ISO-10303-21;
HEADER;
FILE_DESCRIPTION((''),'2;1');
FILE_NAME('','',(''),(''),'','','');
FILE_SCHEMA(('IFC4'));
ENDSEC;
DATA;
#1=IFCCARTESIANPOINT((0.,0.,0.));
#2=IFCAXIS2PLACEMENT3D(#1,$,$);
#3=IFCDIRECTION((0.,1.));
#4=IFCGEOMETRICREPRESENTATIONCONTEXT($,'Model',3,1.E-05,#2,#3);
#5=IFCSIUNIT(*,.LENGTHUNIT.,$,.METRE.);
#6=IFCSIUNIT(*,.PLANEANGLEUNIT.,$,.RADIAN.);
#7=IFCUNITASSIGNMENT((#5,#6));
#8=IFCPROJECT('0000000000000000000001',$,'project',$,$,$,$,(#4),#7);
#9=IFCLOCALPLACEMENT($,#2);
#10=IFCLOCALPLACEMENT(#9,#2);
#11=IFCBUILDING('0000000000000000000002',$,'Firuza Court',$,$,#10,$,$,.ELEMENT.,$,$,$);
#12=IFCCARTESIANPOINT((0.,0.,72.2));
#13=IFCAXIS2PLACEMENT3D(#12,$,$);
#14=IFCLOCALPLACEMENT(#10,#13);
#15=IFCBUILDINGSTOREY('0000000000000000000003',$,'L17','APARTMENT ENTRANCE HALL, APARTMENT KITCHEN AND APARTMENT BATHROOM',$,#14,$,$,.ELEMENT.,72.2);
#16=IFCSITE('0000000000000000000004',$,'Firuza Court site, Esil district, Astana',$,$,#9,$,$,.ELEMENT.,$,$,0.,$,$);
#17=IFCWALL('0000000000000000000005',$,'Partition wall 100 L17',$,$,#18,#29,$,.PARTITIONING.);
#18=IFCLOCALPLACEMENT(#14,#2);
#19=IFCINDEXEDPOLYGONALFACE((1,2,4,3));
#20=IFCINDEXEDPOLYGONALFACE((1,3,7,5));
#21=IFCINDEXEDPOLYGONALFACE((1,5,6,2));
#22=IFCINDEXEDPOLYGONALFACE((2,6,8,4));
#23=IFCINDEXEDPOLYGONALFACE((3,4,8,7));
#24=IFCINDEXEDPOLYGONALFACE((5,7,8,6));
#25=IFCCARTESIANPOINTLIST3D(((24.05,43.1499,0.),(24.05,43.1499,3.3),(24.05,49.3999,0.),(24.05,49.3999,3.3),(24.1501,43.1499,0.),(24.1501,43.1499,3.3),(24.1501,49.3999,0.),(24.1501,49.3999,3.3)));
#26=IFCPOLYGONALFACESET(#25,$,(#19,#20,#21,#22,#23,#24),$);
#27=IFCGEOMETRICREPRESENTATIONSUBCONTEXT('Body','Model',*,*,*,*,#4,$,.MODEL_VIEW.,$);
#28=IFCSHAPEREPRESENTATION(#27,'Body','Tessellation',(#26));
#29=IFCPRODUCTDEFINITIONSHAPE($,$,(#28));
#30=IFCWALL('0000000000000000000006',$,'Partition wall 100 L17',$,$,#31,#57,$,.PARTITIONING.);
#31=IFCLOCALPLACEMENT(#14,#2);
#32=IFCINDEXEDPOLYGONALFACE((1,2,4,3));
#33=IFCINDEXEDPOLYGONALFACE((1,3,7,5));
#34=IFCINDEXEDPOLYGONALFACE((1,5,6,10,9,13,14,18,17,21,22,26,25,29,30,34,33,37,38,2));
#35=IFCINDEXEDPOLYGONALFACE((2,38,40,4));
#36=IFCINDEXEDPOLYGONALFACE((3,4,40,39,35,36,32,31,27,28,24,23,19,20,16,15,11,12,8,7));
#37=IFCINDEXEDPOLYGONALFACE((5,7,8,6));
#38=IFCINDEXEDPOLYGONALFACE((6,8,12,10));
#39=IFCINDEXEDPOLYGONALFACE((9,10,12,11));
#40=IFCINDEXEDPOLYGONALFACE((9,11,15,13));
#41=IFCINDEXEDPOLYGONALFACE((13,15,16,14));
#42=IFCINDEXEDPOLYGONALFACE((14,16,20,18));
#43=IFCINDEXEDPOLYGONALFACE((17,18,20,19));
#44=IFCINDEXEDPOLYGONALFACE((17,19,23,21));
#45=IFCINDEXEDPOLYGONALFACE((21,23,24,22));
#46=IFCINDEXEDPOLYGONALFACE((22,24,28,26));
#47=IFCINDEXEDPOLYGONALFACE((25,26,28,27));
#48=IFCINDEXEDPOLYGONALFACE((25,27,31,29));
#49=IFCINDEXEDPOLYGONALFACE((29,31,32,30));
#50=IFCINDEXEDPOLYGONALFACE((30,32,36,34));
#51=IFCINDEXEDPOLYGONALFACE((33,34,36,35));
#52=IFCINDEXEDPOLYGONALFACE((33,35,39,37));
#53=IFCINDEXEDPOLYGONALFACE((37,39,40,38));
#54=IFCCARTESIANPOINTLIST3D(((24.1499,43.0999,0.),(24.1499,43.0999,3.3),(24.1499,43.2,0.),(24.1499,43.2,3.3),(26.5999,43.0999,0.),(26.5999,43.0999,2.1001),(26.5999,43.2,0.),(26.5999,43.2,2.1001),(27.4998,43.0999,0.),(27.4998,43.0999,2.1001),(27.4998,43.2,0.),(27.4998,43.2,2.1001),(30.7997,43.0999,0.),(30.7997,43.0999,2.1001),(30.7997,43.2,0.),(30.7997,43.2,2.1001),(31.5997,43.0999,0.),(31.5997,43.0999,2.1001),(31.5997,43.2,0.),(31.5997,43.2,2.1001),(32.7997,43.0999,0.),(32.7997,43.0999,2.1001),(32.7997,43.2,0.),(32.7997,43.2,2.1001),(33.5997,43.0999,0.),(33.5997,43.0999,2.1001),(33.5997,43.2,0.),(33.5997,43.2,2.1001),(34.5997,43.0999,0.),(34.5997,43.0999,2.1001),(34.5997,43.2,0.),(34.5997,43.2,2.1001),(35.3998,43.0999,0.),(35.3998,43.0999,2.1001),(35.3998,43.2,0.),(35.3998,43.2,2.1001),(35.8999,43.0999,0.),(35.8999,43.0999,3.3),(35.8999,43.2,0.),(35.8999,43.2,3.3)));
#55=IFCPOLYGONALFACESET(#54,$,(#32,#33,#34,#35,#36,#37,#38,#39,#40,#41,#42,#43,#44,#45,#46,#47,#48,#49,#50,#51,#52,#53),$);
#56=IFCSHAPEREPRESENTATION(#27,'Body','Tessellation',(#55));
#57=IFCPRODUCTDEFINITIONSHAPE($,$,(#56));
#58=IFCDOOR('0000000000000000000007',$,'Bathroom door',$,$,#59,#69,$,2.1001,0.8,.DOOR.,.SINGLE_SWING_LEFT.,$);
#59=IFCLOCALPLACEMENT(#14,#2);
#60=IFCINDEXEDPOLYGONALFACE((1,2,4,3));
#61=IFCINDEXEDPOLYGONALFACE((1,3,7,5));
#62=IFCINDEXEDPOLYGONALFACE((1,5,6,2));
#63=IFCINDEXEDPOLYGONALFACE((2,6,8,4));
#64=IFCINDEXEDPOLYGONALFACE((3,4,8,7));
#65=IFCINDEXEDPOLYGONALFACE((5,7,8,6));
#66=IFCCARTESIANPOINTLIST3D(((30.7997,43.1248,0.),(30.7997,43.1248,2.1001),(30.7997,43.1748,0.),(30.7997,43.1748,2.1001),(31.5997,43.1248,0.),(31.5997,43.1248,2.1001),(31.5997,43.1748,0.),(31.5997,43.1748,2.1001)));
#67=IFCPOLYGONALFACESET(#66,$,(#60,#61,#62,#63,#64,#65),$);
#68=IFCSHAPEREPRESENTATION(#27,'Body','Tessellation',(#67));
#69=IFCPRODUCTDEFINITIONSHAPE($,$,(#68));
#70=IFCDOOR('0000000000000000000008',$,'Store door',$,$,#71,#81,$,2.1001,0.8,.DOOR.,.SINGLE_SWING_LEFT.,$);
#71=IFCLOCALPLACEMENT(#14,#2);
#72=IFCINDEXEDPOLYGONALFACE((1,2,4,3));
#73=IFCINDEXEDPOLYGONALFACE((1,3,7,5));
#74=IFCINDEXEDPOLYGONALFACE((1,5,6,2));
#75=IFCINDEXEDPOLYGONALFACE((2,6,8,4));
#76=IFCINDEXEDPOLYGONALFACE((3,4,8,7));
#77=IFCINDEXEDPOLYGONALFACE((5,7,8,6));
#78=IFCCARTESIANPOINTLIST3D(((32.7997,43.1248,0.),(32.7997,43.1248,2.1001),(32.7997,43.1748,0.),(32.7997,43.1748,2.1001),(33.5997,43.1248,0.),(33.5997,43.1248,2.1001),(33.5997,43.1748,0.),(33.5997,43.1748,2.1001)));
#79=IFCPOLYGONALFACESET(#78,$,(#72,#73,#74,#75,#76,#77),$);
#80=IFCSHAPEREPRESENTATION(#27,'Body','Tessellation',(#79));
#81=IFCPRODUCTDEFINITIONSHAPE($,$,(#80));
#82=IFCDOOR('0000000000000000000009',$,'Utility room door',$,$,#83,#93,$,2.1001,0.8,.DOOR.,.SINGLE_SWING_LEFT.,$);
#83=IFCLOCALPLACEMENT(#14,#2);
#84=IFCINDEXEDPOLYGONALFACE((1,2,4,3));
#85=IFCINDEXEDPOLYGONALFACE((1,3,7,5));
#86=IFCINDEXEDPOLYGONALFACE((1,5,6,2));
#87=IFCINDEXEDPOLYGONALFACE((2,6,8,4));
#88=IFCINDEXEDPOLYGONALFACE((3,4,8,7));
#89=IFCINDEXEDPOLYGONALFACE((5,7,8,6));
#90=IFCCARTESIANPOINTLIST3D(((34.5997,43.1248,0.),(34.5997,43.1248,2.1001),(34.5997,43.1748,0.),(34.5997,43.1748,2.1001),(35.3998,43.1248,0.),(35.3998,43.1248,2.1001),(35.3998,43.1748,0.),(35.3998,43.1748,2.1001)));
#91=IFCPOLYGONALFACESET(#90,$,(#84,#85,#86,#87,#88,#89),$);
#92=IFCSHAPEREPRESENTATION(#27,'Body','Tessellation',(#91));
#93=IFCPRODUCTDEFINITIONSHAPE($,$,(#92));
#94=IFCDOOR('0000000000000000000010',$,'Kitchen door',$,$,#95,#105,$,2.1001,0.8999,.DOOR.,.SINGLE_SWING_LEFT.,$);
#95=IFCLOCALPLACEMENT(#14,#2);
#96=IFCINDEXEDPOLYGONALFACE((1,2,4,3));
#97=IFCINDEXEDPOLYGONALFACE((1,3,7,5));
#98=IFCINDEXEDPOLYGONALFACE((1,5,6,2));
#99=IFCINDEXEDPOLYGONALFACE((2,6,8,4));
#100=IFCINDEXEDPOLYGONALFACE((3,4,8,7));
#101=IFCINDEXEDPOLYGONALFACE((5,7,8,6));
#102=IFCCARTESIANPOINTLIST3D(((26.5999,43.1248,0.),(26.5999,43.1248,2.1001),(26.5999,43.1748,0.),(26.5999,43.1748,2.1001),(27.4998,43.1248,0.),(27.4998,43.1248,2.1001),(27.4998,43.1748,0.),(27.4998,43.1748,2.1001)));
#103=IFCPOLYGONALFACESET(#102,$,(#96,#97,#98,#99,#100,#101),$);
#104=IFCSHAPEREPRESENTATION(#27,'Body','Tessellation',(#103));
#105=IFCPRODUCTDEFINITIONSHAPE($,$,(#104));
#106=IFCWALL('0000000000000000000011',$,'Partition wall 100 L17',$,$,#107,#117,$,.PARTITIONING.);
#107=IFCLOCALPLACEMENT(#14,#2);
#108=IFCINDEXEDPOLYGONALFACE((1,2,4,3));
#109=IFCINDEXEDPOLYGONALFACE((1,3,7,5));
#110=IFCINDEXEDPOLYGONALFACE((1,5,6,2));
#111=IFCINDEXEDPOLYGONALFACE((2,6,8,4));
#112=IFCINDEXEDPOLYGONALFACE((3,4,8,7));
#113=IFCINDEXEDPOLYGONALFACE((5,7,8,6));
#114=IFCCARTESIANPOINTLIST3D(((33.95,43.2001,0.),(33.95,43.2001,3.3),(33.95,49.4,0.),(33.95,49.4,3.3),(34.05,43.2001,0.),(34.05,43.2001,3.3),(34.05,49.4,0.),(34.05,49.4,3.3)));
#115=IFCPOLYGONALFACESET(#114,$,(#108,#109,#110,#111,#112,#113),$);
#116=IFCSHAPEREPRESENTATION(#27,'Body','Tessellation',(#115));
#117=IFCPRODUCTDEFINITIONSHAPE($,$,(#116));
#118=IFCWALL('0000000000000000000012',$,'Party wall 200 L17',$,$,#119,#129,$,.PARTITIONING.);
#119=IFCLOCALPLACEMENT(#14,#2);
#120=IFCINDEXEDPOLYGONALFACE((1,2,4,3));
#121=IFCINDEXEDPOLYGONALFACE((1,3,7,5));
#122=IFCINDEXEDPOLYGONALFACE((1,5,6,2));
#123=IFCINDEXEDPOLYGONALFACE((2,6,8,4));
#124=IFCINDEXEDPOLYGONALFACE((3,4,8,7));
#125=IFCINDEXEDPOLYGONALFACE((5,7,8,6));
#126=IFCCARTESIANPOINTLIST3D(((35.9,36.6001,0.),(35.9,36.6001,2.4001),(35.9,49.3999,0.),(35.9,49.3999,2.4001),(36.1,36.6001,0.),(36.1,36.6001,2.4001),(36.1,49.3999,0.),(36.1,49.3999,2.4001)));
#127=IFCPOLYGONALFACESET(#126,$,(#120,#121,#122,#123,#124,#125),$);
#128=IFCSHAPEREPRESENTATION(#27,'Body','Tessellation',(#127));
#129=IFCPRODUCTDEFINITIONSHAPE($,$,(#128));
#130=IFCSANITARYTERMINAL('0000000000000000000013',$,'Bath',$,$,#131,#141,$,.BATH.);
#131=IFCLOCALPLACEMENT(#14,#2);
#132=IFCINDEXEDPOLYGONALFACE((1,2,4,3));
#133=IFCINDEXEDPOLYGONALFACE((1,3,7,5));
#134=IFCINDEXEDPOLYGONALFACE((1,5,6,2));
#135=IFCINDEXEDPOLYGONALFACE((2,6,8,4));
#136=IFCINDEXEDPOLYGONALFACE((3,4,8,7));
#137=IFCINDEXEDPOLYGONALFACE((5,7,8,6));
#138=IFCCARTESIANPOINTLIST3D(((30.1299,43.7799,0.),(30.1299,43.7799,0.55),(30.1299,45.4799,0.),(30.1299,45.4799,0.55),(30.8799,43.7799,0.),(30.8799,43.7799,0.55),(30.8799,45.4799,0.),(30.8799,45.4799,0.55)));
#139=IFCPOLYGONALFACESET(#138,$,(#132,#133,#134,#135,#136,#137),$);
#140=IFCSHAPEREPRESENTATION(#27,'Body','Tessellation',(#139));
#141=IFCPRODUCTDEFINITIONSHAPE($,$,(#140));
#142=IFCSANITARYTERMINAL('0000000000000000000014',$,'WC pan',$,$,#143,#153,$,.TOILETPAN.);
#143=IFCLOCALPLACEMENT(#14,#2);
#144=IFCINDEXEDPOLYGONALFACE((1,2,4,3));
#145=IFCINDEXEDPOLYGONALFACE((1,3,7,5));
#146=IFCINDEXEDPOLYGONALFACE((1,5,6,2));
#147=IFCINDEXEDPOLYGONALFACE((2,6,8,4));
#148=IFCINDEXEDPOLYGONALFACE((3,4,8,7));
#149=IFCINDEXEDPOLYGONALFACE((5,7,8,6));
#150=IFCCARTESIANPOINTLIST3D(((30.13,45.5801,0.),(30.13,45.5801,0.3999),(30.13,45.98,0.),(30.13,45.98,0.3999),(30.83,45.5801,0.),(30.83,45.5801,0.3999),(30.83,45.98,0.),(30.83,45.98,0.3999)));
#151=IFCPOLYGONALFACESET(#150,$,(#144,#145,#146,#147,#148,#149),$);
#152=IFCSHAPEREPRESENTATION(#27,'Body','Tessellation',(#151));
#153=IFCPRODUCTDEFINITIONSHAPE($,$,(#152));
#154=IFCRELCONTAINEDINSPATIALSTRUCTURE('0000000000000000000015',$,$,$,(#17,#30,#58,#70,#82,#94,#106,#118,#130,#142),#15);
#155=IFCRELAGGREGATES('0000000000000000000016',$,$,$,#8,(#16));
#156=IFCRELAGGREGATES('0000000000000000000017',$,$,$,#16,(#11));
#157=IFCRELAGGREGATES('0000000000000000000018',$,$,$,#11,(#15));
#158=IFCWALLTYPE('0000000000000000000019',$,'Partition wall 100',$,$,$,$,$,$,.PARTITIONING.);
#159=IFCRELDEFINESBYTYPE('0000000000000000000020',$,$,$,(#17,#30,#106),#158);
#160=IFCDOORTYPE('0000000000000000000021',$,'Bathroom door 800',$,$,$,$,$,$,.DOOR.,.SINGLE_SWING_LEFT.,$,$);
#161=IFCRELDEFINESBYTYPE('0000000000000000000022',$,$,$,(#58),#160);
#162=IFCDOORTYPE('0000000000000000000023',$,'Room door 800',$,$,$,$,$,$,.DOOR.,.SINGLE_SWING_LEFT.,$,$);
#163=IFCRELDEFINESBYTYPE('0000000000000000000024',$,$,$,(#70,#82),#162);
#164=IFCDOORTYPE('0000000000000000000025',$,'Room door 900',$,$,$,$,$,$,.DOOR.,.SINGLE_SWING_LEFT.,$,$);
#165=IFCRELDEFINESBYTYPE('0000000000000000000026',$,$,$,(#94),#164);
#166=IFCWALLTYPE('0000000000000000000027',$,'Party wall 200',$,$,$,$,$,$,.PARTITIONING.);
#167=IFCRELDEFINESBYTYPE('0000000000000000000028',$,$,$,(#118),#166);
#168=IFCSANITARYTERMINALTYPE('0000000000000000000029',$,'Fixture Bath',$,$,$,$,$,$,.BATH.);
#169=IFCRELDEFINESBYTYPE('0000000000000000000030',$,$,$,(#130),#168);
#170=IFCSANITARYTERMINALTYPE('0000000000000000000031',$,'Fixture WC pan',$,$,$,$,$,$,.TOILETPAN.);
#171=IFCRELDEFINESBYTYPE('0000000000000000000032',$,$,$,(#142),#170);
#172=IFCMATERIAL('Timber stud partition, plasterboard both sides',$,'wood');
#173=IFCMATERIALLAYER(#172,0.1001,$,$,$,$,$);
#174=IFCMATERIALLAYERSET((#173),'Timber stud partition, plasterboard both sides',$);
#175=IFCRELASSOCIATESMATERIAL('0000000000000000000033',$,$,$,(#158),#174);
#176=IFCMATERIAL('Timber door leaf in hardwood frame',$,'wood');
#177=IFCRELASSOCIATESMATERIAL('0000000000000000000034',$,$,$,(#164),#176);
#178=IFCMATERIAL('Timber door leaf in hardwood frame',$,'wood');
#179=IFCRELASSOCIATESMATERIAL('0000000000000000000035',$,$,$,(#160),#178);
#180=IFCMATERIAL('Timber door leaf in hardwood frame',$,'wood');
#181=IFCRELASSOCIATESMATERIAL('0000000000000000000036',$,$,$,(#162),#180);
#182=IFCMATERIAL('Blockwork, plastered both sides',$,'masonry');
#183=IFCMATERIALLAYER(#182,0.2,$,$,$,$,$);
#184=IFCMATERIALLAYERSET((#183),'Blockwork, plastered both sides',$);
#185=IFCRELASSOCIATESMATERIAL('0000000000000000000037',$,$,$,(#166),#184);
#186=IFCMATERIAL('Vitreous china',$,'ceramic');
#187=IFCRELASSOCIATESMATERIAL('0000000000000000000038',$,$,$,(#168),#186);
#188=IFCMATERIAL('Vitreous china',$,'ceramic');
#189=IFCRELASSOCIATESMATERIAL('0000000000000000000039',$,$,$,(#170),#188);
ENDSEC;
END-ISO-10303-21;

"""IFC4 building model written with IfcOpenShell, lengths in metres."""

from ifc_helpers import new_model, si_unit, direction, frame, frame_2d, origin, origin_2d, place, context, subcontext, project, spatial, rectangle, extrude, material, layer, layer_set, type_object, element, fill, save


model = new_model("IFC4")

# Units and contexts
model_context = context("Model", 3, precision=1e-05, world=origin(), true_north=direction((0.0, 1.0)))
body_context = subcontext(model_context, "Body", "Model", "MODEL_VIEW")
ifc_project = project(units=[si_unit("LENGTHUNIT", "METRE"), si_unit("PLANEANGLEUNIT", "RADIAN")], contexts=[model_context])

# Site, building, storey
site_placement = place(None, origin())
site = spatial("IfcSite", under=ifc_project, at=site_placement, Name="Firuza Court site, Esil district, Astana", CompositionType="ELEMENT", RefElevation=0.0)
building_placement = place(site_placement, origin())
building = spatial("IfcBuilding", under=site, at=building_placement, Name="Firuza Court", CompositionType="ELEMENT")
storey_placement = place(building_placement, frame((0.0, 0.0, 72.2)))
storey = spatial("IfcBuildingStorey", under=building, at=storey_placement, Name="L17", Description="APARTMENT ENTRANCE HALL, APARTMENT KITCHEN AND APARTMENT BATHROOM", CompositionType="ELEMENT", Elevation=72.2)

# Shared definitions
ifc_material_1 = material(Name="Timber stud partition, plasterboard both sides", Category="wood")
ifc_layer_1 = layer(ifc_material_1, 0.1001)
ifc_layer_set_1 = layer_set([ifc_layer_1], Name="Timber stud partition, plasterboard both sides")
wall_type_1 = type_object("IfcWallType", Name="Partition wall 100", PredefinedType="PARTITIONING", material=ifc_layer_set_1)

# Shared definitions
ifc_material_2 = material(Name="Timber door leaf in hardwood frame", Category="wood")
door_type_1 = type_object("IfcDoorType", Name="Room door 900", OperationType="SINGLE_SWING_LEFT", PredefinedType="DOOR", material=ifc_material_2)

# Wall
wall_1_placement = place(storey_placement, frame((24.1001, 43.1499, 0.0), z_axis=(0.0, 0.0, 1.0), x_axis=(0.0, 1.0, 0.0)))
element("IfcWall", 1, at=wall_1_placement, inside=storey, type_object=wall_type_1, Name="Partition wall 100 L17", PredefinedType="PARTITIONING", context=body_context, shape_type="SweptSolid", body=[
    extrude(rectangle(XDim=6.25, YDim=0.1001, at=frame_2d((3.125, 0.0))), origin(), (0.0, 0.0, 1.0), 3.3),
])

# Wall, openings, doors
wall_2_placement = place(storey_placement, frame((24.1499, 43.1499, 0.0), z_axis=(0.0, 0.0, 1.0), x_axis=(1.0, 0.0, 0.0)))
wall_2 = element("IfcWall", 2, at=wall_2_placement, inside=storey, type_object=wall_type_1, Name="Partition wall 100 L17", PredefinedType="PARTITIONING", context=body_context, shape_type="SweptSolid", body=[
    extrude(rectangle(XDim=11.75, YDim=0.1001, at=frame_2d((5.875, 0.0))), origin(), (0.0, 0.0, 1.0), 3.3),
])
opening_1_placement = place(wall_2_placement, frame((6.6499, 0.0, 0.0)))
opening_1 = element("IfcOpeningElement", 3, at=opening_1_placement, cuts=wall_2, PredefinedType="OPENING", context=body_context, shape_type="SweptSolid", body=[
    extrude(rectangle(XDim=0.8, YDim=2.1001, at=frame_2d((0.3999, 1.05))), frame((0.0, 0.062, 0.0), z_axis=(0.0, -1.0, 0.0), x_axis=(1.0, 0.0, 0.0)), (0.0, 0.0, 1.0), 0.124),
])
opening_2_placement = place(wall_2_placement, frame((2.45, 0.0, 0.0)))
opening_2 = element("IfcOpeningElement", 4, at=opening_2_placement, cuts=wall_2, PredefinedType="OPENING", context=body_context, shape_type="SweptSolid", body=[
    extrude(rectangle(XDim=0.8999, YDim=2.1001, at=frame_2d((0.45, 1.05))), frame((0.0, 0.062, 0.0), z_axis=(0.0, -1.0, 0.0), x_axis=(1.0, 0.0, 0.0)), (0.0, 0.0, 1.0), 0.124),
])
opening_3_placement = place(wall_2_placement, frame((8.6499, 0.0, 0.0)))
opening_3 = element("IfcOpeningElement", 5, at=opening_3_placement, cuts=wall_2, PredefinedType="OPENING", context=body_context, shape_type="SweptSolid", body=[
    extrude(rectangle(XDim=0.8, YDim=2.1001, at=frame_2d((0.3999, 1.05))), frame((0.0, 0.062, 0.0), z_axis=(0.0, -1.0, 0.0), x_axis=(1.0, 0.0, 0.0)), (0.0, 0.0, 1.0), 0.124),
])
opening_4_placement = place(wall_2_placement, frame((10.45, 0.0, 0.0)))
opening_4 = element("IfcOpeningElement", 6, at=opening_4_placement, cuts=wall_2, PredefinedType="OPENING", context=body_context, shape_type="SweptSolid", body=[
    extrude(rectangle(XDim=0.8, YDim=2.1001, at=frame_2d((0.3999, 1.05))), frame((0.0, 0.062, 0.0), z_axis=(0.0, -1.0, 0.0), x_axis=(1.0, 0.0, 0.0)), (0.0, 0.0, 1.0), 0.124),
])
ifc_material_3 = material(Name="Timber door leaf in hardwood frame", Category="wood")
door_type_2 = type_object("IfcDoorType", Name="Bathroom door 800", OperationType="SINGLE_SWING_LEFT", PredefinedType="DOOR", material=ifc_material_3)
door_1_placement = place(opening_1_placement, origin())
door_1 = element("IfcDoor", 7, at=door_1_placement, inside=storey, type_object=door_type_2, Name="Bathroom door", OperationType="SINGLE_SWING_LEFT", OverallHeight=2.1001, OverallWidth=0.8, PredefinedType="DOOR", context=body_context, shape_type="SweptSolid", body=[
    extrude(rectangle(XDim=0.8, YDim=2.1001, at=frame_2d((0.3999, 1.05))), frame((0.0, 0.0249, 0.0), z_axis=(0.0, -1.0, 0.0), x_axis=(1.0, 0.0, 0.0)), (0.0, 0.0, 1.0), 0.05),
])
fill(opening_1, door_1)
ifc_material_4 = material(Name="Timber door leaf in hardwood frame", Category="wood")
door_type_3 = type_object("IfcDoorType", Name="Room door 800", OperationType="SINGLE_SWING_LEFT", PredefinedType="DOOR", material=ifc_material_4)
door_2_placement = place(opening_3_placement, origin())
door_2 = element("IfcDoor", 8, at=door_2_placement, inside=storey, type_object=door_type_3, Name="Store door", OperationType="SINGLE_SWING_LEFT", OverallHeight=2.1001, OverallWidth=0.8, PredefinedType="DOOR", context=body_context, shape_type="SweptSolid", body=[
    extrude(rectangle(XDim=0.8, YDim=2.1001, at=frame_2d((0.3999, 1.05))), frame((0.0, 0.0249, 0.0), z_axis=(0.0, -1.0, 0.0), x_axis=(1.0, 0.0, 0.0)), (0.0, 0.0, 1.0), 0.05),
])
fill(opening_3, door_2)
door_3_placement = place(opening_4_placement, origin())
door_3 = element("IfcDoor", 9, at=door_3_placement, inside=storey, type_object=door_type_3, Name="Utility room door", OperationType="SINGLE_SWING_LEFT", OverallHeight=2.1001, OverallWidth=0.8, PredefinedType="DOOR", context=body_context, shape_type="SweptSolid", body=[
    extrude(rectangle(XDim=0.8, YDim=2.1001, at=frame_2d((0.3999, 1.05))), frame((0.0, 0.0249, 0.0), z_axis=(0.0, -1.0, 0.0), x_axis=(1.0, 0.0, 0.0)), (0.0, 0.0, 1.0), 0.05),
])
fill(opening_4, door_3)
door_4_placement = place(opening_2_placement, origin())
door_4 = element("IfcDoor", 10, at=door_4_placement, inside=storey, type_object=door_type_1, Name="Kitchen door", OperationType="SINGLE_SWING_LEFT", OverallHeight=2.1001, OverallWidth=0.8999, PredefinedType="DOOR", context=body_context, shape_type="SweptSolid", body=[
    extrude(rectangle(XDim=0.8999, YDim=2.1001, at=frame_2d((0.45, 1.05))), frame((0.0, 0.0249, 0.0), z_axis=(0.0, -1.0, 0.0), x_axis=(1.0, 0.0, 0.0)), (0.0, 0.0, 1.0), 0.05),
])
fill(opening_2, door_4)

# Walls
wall_3_placement = place(storey_placement, frame((34.0, 43.2, 0.0), z_axis=(0.0, 0.0, 1.0), x_axis=(0.0, 1.0, 0.0)))
element("IfcWall", 11, at=wall_3_placement, inside=storey, type_object=wall_type_1, Name="Partition wall 100 L17", PredefinedType="PARTITIONING", context=body_context, shape_type="SweptSolid", body=[
    extrude(rectangle(XDim=6.2, YDim=0.1001, at=frame_2d((3.1001, 0.0))), origin(), (0.0, 0.0, 1.0), 3.3),
])
ifc_material_5 = material(Name="Blockwork, plastered both sides", Category="masonry")
ifc_layer_2 = layer(ifc_material_5, 0.2)
ifc_layer_set_2 = layer_set([ifc_layer_2], Name="Blockwork, plastered both sides")
wall_type_2 = type_object("IfcWallType", Name="Party wall 200", PredefinedType="PARTITIONING", material=ifc_layer_set_2)
wall_4_placement = place(storey_placement, frame((36.0, 36.6001, 0.0), z_axis=(0.0, 0.0, 1.0), x_axis=(0.0, 1.0, 0.0)))
element("IfcWall", 12, at=wall_4_placement, inside=storey, type_object=wall_type_2, Name="Party wall 200 L17", PredefinedType="PARTITIONING", context=body_context, shape_type="SweptSolid", body=[
    extrude(rectangle(XDim=12.7998, YDim=0.2, at=frame_2d((6.3999, 0.0))), origin(), (0.0, 0.0, 1.0), 2.4001),
])

# Sanitary terminals
ifc_material_6 = material(Name="Vitreous china", Category="ceramic")
sanitary_terminal_type_1 = type_object("IfcSanitaryTerminalType", Name="Fixture Bath", PredefinedType="BATH", material=ifc_material_6)
sanitary_terminal_1_placement = place(storey_placement, frame((30.5049, 44.6299, 0.0), z_axis=(0.0, 0.0, 1.0), x_axis=(1.0, 0.0, 0.0)))
element("IfcSanitaryTerminal", 13, at=sanitary_terminal_1_placement, inside=storey, type_object=sanitary_terminal_type_1, Name="Bath", PredefinedType="BATH", context=body_context, shape_type="SweptSolid", body=[
    extrude(rectangle(XDim=0.75, YDim=1.7, at=origin_2d()), origin(), (0.0, 0.0, 1.0), 0.55),
])
ifc_material_7 = material(Name="Vitreous china", Category="ceramic")
sanitary_terminal_type_2 = type_object("IfcSanitaryTerminalType", Name="Fixture WC pan", PredefinedType="TOILETPAN", material=ifc_material_7)
sanitary_terminal_2_placement = place(storey_placement, frame((30.48, 45.78, 0.0), z_axis=(0.0, 0.0, 1.0), x_axis=(1.0, 0.0, 0.0)))
element("IfcSanitaryTerminal", 14, at=sanitary_terminal_2_placement, inside=storey, type_object=sanitary_terminal_type_2, Name="WC pan", PredefinedType="TOILETPAN", context=body_context, shape_type="SweptSolid", body=[
    extrude(rectangle(XDim=0.7, YDim=0.3999, at=origin_2d()), origin(), (0.0, 0.0, 1.0), 0.3999),
])

save(model, "model.ifc")
